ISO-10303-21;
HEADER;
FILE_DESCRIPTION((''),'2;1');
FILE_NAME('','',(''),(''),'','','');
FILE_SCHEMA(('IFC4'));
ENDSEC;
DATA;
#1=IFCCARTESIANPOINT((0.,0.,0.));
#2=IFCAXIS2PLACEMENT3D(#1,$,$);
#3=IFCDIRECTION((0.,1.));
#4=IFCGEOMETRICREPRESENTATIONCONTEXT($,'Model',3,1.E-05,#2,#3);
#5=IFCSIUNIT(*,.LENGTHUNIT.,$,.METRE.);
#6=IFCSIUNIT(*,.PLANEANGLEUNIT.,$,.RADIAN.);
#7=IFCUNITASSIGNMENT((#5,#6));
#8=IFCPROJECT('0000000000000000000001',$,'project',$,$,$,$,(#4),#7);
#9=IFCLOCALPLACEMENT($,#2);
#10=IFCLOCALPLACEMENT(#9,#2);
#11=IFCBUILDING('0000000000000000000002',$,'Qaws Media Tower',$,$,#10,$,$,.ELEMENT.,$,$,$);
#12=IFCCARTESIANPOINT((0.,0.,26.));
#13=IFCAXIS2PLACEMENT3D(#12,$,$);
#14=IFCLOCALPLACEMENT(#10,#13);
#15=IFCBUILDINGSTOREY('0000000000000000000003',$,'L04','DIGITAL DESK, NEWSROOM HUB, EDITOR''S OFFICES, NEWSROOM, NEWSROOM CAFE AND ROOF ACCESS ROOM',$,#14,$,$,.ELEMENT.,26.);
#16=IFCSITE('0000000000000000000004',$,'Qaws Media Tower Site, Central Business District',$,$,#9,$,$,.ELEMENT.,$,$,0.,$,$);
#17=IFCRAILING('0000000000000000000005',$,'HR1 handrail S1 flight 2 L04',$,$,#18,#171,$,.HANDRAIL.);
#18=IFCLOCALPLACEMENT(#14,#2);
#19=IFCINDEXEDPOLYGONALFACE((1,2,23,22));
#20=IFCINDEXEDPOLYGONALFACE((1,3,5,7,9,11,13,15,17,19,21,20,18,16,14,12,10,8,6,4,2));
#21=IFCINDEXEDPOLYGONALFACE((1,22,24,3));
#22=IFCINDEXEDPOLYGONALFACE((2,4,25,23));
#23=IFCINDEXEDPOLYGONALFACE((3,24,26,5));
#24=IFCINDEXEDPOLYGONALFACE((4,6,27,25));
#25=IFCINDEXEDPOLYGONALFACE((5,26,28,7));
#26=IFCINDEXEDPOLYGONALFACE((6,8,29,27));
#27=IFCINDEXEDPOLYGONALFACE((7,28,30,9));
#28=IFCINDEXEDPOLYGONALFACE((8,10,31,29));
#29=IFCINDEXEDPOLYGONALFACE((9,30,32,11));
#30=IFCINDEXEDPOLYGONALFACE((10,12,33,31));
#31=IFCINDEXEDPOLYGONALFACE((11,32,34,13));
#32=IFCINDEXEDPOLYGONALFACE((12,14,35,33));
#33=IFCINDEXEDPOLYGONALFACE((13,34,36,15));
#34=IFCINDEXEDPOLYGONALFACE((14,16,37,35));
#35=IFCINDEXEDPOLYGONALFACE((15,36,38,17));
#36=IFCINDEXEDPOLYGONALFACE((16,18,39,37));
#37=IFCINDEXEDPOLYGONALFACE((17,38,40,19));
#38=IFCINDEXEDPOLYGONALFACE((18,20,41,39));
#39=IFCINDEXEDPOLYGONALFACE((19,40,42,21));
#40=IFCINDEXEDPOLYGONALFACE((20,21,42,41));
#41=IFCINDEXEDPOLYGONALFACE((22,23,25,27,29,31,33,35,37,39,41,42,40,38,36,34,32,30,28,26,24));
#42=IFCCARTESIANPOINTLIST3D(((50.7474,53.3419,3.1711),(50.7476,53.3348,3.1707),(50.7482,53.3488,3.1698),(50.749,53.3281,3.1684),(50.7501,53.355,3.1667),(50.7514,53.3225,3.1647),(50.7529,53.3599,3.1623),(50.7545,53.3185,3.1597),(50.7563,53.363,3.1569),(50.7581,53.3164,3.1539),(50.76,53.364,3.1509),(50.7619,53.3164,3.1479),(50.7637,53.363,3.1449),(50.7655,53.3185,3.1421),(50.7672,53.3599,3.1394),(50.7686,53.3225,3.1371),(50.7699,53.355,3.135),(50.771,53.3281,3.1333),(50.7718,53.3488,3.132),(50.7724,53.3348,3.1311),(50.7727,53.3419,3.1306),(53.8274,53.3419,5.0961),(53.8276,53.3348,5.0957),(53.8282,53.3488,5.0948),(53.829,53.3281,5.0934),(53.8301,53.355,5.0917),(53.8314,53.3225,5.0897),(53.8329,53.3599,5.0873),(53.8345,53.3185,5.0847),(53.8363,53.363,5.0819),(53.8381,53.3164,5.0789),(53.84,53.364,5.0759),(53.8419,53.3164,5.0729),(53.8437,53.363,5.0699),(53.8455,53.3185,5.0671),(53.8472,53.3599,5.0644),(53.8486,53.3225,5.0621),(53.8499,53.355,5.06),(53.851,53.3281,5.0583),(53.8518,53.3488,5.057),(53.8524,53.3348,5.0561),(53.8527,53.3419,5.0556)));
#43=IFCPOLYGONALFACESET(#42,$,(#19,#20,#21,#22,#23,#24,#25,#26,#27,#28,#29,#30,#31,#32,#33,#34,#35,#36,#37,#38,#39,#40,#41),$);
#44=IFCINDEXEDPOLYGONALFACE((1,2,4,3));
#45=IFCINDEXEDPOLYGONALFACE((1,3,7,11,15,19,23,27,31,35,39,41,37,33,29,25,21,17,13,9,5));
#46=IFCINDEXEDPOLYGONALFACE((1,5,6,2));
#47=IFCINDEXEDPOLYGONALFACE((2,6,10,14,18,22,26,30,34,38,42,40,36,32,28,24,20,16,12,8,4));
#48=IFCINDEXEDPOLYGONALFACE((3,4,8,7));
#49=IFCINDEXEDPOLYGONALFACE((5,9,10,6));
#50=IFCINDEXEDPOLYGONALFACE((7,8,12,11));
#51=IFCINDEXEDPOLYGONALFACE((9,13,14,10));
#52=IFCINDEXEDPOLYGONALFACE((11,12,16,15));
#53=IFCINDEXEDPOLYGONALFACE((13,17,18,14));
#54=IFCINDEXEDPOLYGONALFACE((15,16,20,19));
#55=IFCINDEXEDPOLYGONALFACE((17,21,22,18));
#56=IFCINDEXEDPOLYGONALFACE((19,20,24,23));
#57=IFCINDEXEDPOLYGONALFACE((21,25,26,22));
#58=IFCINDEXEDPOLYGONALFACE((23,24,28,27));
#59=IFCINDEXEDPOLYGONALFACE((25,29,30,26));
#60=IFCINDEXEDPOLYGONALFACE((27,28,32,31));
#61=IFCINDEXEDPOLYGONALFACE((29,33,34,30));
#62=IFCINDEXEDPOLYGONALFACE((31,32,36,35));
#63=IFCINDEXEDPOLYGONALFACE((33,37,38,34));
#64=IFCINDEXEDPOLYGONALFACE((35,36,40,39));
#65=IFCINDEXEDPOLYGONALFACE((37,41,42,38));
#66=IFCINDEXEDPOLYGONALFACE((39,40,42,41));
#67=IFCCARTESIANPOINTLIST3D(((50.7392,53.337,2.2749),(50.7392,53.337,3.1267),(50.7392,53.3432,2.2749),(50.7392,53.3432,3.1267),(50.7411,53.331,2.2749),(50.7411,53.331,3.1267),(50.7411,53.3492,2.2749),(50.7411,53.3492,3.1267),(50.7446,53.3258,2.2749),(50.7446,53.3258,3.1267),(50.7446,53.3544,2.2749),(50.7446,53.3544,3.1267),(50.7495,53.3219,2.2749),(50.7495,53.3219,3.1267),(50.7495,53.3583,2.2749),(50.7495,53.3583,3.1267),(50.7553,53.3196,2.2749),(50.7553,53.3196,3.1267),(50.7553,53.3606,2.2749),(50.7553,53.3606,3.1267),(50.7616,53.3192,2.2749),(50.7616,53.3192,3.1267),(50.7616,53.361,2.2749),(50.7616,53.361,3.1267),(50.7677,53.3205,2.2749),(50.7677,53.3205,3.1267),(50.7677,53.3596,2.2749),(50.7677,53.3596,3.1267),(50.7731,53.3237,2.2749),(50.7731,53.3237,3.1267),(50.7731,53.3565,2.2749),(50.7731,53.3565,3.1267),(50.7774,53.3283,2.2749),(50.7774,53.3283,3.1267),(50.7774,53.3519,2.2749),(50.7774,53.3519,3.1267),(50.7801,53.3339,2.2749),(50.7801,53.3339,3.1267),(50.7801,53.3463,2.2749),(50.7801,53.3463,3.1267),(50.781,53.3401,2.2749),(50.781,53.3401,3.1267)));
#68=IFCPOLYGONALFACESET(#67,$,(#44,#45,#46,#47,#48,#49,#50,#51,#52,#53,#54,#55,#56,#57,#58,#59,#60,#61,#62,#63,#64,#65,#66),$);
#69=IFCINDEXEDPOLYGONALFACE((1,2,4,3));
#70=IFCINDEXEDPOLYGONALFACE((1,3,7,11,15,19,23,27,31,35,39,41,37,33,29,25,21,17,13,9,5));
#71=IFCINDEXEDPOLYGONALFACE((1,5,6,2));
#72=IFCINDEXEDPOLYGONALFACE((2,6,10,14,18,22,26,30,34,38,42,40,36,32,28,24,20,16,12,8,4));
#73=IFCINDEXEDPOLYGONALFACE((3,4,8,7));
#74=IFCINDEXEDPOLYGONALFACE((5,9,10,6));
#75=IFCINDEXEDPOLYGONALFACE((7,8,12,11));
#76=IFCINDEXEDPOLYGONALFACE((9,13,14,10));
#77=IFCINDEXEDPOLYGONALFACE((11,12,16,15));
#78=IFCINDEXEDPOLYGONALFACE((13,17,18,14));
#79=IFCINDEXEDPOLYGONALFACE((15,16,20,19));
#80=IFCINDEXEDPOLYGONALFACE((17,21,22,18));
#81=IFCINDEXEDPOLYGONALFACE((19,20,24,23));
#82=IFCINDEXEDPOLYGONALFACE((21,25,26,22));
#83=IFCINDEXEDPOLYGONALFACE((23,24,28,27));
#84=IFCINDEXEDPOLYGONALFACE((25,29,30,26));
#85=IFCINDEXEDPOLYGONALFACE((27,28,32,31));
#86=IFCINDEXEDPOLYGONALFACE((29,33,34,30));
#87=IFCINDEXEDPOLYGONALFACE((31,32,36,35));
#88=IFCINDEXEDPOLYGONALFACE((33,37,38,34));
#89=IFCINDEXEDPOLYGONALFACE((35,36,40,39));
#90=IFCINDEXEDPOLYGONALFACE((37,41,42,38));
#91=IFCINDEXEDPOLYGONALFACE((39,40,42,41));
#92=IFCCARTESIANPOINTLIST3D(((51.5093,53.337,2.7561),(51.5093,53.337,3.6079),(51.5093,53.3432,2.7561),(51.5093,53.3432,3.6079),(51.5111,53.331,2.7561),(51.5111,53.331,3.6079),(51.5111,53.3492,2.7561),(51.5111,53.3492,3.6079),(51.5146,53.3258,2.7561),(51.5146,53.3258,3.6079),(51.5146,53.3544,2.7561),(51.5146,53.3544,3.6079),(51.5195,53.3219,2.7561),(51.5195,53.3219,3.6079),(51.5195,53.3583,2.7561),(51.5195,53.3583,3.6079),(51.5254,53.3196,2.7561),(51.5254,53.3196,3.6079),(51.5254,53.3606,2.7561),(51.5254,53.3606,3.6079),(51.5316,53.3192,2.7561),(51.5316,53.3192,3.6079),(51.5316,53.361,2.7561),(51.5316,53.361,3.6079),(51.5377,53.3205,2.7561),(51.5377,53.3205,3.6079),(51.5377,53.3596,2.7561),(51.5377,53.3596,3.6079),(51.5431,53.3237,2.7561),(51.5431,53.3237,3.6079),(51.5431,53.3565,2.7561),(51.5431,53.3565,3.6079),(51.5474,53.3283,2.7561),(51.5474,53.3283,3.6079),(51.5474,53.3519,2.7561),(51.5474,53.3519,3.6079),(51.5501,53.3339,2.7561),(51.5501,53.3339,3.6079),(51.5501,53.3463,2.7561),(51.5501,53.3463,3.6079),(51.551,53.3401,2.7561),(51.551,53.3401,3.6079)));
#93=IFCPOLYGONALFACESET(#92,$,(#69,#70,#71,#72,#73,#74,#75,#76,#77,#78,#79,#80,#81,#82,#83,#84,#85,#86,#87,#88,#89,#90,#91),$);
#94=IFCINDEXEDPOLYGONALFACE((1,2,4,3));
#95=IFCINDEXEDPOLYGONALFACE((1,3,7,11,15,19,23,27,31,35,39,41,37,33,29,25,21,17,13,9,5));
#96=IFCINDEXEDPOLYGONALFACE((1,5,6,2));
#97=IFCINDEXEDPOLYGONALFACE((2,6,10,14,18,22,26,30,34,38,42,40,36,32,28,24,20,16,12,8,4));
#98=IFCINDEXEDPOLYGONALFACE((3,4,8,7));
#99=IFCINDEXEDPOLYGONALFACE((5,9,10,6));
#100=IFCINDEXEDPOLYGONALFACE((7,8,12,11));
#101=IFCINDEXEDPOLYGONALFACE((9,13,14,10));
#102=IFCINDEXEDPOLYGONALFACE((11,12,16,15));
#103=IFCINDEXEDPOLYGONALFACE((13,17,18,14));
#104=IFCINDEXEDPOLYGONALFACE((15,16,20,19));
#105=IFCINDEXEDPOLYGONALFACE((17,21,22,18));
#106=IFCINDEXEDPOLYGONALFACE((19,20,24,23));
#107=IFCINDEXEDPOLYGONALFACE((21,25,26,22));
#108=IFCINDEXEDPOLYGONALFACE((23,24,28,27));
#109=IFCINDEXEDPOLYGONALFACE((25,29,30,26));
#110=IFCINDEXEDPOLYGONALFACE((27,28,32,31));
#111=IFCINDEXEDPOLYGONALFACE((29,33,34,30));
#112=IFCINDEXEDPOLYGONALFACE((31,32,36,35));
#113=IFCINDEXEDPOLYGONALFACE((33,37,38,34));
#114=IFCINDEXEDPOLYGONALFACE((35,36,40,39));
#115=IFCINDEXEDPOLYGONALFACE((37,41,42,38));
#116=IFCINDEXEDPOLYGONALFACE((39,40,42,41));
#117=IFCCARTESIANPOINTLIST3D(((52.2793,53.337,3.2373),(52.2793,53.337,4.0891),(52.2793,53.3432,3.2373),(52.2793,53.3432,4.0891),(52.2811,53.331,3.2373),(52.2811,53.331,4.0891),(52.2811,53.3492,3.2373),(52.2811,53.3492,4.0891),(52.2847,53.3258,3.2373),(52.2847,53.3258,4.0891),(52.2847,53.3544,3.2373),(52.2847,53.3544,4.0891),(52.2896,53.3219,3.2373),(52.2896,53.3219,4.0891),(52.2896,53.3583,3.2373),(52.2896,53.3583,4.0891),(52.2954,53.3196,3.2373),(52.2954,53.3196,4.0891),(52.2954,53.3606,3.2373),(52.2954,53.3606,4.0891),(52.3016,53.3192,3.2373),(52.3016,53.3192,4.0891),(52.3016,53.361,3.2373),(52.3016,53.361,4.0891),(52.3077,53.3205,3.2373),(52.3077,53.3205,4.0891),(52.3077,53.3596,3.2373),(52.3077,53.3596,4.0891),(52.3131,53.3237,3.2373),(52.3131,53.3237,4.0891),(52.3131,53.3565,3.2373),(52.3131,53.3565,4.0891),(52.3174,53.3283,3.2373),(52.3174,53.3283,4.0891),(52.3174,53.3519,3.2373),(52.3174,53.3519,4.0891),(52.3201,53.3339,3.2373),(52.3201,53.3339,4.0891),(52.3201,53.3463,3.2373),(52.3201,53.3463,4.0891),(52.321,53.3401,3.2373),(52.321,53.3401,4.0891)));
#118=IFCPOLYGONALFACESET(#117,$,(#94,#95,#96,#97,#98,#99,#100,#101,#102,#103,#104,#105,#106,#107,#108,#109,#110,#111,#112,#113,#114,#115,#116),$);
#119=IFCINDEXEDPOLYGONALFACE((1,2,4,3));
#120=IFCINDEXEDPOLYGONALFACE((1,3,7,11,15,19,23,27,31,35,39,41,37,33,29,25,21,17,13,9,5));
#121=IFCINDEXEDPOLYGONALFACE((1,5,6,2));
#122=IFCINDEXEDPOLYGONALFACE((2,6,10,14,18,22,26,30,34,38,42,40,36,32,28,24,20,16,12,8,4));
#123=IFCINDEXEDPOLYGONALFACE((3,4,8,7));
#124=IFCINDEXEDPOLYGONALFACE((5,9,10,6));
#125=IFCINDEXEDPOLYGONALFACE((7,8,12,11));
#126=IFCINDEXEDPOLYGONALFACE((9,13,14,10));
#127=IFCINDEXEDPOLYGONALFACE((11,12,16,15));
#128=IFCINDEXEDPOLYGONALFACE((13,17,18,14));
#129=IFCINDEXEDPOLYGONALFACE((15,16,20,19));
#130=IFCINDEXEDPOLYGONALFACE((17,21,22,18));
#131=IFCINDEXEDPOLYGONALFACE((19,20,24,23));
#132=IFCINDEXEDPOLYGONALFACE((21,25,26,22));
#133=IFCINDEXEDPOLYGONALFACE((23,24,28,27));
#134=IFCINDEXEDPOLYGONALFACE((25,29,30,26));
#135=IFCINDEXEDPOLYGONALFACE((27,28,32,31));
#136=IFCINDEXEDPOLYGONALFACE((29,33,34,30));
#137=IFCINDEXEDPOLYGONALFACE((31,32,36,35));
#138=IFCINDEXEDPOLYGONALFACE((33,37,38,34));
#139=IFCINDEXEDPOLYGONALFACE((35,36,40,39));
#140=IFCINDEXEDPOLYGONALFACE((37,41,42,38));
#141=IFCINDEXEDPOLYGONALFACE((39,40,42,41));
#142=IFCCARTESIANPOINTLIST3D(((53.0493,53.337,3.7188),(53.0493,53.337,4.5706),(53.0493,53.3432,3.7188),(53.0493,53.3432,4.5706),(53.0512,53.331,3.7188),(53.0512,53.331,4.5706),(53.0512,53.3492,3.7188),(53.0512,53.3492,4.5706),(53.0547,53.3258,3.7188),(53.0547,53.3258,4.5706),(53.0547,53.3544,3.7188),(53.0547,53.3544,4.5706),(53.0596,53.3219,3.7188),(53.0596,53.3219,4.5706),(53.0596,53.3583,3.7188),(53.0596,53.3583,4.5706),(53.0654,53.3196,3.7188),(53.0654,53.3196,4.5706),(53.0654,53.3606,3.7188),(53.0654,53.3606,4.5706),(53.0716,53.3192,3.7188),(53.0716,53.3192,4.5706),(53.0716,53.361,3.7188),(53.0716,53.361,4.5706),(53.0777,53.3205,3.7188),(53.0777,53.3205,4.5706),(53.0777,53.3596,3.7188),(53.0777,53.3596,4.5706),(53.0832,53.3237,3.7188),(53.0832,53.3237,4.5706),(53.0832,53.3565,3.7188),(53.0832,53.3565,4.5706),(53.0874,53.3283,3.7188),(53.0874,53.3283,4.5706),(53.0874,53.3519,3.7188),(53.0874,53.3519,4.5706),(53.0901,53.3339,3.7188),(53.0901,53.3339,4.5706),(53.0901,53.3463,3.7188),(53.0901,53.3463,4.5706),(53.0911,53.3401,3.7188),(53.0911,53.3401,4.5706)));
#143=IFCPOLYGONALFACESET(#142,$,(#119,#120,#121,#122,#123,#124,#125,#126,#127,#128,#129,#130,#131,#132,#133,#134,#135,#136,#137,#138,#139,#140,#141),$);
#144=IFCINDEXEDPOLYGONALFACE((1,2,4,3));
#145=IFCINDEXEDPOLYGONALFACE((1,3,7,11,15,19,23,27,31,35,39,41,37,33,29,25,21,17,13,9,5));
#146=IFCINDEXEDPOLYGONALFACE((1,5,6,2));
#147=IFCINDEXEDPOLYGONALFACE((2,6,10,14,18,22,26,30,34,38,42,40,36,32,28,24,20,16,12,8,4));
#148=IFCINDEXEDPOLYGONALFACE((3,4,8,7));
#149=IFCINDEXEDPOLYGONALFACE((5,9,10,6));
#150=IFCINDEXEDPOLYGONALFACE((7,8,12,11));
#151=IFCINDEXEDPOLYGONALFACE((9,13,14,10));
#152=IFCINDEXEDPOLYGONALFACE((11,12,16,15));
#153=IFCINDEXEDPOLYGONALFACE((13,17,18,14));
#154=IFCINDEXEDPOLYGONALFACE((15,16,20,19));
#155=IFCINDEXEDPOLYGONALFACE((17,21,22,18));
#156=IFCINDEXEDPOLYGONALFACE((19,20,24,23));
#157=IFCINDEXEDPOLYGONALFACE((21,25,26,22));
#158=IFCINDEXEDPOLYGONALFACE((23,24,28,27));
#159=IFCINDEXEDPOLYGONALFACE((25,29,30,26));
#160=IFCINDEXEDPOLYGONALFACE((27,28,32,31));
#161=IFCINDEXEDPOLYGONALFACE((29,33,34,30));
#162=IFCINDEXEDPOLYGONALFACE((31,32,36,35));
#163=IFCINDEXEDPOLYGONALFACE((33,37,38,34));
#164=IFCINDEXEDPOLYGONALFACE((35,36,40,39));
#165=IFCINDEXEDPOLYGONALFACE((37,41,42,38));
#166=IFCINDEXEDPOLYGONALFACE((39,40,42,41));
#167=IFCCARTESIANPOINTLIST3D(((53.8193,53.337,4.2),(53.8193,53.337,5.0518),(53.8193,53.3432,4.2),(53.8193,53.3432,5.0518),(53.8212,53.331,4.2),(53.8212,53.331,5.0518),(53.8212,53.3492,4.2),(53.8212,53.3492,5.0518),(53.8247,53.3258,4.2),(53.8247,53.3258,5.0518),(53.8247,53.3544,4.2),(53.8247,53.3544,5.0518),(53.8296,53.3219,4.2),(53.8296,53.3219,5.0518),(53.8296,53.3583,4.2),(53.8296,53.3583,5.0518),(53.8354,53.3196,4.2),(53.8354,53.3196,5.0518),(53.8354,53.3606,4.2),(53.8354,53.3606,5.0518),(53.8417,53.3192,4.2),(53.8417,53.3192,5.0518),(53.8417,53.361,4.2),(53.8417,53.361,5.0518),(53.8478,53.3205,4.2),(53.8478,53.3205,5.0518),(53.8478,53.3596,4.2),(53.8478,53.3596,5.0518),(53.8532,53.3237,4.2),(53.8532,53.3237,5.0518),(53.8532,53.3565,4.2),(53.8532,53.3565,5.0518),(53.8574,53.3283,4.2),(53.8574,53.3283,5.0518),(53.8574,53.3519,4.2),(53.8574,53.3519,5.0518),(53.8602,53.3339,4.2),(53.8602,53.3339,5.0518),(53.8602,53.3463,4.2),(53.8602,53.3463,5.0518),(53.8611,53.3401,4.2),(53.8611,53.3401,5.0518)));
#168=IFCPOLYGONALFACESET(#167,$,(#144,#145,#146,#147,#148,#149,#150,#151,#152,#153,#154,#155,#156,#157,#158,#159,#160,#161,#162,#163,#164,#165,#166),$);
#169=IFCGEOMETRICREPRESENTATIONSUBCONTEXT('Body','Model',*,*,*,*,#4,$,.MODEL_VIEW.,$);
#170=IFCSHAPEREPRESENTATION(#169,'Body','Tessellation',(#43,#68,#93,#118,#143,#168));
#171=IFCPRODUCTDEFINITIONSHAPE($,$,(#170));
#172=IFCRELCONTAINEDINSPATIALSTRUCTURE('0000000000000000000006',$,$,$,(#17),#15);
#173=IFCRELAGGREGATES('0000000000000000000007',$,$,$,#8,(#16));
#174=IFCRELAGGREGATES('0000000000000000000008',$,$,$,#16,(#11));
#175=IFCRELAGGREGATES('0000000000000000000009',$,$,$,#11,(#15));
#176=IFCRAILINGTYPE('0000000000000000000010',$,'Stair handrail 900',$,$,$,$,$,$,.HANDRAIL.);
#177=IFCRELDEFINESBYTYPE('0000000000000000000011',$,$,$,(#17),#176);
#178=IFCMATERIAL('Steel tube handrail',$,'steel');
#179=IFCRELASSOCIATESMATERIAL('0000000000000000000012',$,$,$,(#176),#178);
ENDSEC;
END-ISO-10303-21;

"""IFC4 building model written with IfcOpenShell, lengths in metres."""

from ifc_helpers import new_model, si_unit, direction, frame, origin, origin_2d, place, context, subcontext, project, spatial, circle, extrude, material, type_object, element, save


model = new_model("IFC4")

# Units and contexts
model_context = context("Model", 3, precision=1e-05, world=origin(), true_north=direction((0.0, 1.0)))
body_context = subcontext(model_context, "Body", "Model", "MODEL_VIEW")
ifc_project = project(units=[si_unit("LENGTHUNIT", "METRE"), si_unit("PLANEANGLEUNIT", "RADIAN")], contexts=[model_context])

# Site, building, storey
site_placement = place(None, origin())
site = spatial("IfcSite", under=ifc_project, at=site_placement, Name="Qaws Media Tower Site, Central Business District", CompositionType="ELEMENT", RefElevation=0.0)
building_placement = place(site_placement, origin())
building = spatial("IfcBuilding", under=site, at=building_placement, Name="Qaws Media Tower", CompositionType="ELEMENT")
storey_placement = place(building_placement, frame((0.0, 0.0, 26.0)))
storey = spatial("IfcBuildingStorey", under=building, at=storey_placement, Name="L04", Description="DIGITAL DESK, NEWSROOM HUB, EDITOR'S OFFICES, NEWSROOM, NEWSROOM CAFE AND ROOF ACCESS ROOM", CompositionType="ELEMENT", Elevation=26.0)

# Railing
ifc_material_1 = material(Name="Steel tube handrail", Category="steel")
railing_type = type_object("IfcRailingType", Name="Stair handrail 900", PredefinedType="HANDRAIL", material=ifc_material_1)
for number, where, name in (
    (1, (50.76, 53.3401, 2.2749), "HR1 handrail S1 flight 2 L04"),
):
    element("IfcRailing", number, at=place(storey_placement, frame(where)), inside=storey, type_object=railing_type, Name=name, PredefinedType="HANDRAIL", context=body_context, shape_type="SweptSolid", body=[
        extrude(circle(Radius=0.0239, at=origin_2d()), frame((0.0, 0.0, 0.876), z_axis=(0.847998, 0.0, 0.529999), x_axis=(0.0, 1.0, 0.0)), (0.0, 0.0, 1.0), 3.6321),
        extrude(circle(Radius=0.021, at=origin_2d()), origin(), (0.0, 0.0, 1.0), 0.8518),
        extrude(circle(Radius=0.021, at=origin_2d()), frame((0.77, 0.0, 0.4812)), (0.0, 0.0, 1.0), 0.8518),
        extrude(circle(Radius=0.021, at=origin_2d()), frame((1.54, 0.0, 0.9624)), (0.0, 0.0, 1.0), 0.8518),
        extrude(circle(Radius=0.021, at=origin_2d()), frame((2.3101, 0.0, 1.4438)), (0.0, 0.0, 1.0), 0.8518),
        extrude(circle(Radius=0.021, at=origin_2d()), frame((3.0801, 0.0, 1.925)), (0.0, 0.0, 1.0), 0.8518),
    ])

save(model, "model.ifc")
